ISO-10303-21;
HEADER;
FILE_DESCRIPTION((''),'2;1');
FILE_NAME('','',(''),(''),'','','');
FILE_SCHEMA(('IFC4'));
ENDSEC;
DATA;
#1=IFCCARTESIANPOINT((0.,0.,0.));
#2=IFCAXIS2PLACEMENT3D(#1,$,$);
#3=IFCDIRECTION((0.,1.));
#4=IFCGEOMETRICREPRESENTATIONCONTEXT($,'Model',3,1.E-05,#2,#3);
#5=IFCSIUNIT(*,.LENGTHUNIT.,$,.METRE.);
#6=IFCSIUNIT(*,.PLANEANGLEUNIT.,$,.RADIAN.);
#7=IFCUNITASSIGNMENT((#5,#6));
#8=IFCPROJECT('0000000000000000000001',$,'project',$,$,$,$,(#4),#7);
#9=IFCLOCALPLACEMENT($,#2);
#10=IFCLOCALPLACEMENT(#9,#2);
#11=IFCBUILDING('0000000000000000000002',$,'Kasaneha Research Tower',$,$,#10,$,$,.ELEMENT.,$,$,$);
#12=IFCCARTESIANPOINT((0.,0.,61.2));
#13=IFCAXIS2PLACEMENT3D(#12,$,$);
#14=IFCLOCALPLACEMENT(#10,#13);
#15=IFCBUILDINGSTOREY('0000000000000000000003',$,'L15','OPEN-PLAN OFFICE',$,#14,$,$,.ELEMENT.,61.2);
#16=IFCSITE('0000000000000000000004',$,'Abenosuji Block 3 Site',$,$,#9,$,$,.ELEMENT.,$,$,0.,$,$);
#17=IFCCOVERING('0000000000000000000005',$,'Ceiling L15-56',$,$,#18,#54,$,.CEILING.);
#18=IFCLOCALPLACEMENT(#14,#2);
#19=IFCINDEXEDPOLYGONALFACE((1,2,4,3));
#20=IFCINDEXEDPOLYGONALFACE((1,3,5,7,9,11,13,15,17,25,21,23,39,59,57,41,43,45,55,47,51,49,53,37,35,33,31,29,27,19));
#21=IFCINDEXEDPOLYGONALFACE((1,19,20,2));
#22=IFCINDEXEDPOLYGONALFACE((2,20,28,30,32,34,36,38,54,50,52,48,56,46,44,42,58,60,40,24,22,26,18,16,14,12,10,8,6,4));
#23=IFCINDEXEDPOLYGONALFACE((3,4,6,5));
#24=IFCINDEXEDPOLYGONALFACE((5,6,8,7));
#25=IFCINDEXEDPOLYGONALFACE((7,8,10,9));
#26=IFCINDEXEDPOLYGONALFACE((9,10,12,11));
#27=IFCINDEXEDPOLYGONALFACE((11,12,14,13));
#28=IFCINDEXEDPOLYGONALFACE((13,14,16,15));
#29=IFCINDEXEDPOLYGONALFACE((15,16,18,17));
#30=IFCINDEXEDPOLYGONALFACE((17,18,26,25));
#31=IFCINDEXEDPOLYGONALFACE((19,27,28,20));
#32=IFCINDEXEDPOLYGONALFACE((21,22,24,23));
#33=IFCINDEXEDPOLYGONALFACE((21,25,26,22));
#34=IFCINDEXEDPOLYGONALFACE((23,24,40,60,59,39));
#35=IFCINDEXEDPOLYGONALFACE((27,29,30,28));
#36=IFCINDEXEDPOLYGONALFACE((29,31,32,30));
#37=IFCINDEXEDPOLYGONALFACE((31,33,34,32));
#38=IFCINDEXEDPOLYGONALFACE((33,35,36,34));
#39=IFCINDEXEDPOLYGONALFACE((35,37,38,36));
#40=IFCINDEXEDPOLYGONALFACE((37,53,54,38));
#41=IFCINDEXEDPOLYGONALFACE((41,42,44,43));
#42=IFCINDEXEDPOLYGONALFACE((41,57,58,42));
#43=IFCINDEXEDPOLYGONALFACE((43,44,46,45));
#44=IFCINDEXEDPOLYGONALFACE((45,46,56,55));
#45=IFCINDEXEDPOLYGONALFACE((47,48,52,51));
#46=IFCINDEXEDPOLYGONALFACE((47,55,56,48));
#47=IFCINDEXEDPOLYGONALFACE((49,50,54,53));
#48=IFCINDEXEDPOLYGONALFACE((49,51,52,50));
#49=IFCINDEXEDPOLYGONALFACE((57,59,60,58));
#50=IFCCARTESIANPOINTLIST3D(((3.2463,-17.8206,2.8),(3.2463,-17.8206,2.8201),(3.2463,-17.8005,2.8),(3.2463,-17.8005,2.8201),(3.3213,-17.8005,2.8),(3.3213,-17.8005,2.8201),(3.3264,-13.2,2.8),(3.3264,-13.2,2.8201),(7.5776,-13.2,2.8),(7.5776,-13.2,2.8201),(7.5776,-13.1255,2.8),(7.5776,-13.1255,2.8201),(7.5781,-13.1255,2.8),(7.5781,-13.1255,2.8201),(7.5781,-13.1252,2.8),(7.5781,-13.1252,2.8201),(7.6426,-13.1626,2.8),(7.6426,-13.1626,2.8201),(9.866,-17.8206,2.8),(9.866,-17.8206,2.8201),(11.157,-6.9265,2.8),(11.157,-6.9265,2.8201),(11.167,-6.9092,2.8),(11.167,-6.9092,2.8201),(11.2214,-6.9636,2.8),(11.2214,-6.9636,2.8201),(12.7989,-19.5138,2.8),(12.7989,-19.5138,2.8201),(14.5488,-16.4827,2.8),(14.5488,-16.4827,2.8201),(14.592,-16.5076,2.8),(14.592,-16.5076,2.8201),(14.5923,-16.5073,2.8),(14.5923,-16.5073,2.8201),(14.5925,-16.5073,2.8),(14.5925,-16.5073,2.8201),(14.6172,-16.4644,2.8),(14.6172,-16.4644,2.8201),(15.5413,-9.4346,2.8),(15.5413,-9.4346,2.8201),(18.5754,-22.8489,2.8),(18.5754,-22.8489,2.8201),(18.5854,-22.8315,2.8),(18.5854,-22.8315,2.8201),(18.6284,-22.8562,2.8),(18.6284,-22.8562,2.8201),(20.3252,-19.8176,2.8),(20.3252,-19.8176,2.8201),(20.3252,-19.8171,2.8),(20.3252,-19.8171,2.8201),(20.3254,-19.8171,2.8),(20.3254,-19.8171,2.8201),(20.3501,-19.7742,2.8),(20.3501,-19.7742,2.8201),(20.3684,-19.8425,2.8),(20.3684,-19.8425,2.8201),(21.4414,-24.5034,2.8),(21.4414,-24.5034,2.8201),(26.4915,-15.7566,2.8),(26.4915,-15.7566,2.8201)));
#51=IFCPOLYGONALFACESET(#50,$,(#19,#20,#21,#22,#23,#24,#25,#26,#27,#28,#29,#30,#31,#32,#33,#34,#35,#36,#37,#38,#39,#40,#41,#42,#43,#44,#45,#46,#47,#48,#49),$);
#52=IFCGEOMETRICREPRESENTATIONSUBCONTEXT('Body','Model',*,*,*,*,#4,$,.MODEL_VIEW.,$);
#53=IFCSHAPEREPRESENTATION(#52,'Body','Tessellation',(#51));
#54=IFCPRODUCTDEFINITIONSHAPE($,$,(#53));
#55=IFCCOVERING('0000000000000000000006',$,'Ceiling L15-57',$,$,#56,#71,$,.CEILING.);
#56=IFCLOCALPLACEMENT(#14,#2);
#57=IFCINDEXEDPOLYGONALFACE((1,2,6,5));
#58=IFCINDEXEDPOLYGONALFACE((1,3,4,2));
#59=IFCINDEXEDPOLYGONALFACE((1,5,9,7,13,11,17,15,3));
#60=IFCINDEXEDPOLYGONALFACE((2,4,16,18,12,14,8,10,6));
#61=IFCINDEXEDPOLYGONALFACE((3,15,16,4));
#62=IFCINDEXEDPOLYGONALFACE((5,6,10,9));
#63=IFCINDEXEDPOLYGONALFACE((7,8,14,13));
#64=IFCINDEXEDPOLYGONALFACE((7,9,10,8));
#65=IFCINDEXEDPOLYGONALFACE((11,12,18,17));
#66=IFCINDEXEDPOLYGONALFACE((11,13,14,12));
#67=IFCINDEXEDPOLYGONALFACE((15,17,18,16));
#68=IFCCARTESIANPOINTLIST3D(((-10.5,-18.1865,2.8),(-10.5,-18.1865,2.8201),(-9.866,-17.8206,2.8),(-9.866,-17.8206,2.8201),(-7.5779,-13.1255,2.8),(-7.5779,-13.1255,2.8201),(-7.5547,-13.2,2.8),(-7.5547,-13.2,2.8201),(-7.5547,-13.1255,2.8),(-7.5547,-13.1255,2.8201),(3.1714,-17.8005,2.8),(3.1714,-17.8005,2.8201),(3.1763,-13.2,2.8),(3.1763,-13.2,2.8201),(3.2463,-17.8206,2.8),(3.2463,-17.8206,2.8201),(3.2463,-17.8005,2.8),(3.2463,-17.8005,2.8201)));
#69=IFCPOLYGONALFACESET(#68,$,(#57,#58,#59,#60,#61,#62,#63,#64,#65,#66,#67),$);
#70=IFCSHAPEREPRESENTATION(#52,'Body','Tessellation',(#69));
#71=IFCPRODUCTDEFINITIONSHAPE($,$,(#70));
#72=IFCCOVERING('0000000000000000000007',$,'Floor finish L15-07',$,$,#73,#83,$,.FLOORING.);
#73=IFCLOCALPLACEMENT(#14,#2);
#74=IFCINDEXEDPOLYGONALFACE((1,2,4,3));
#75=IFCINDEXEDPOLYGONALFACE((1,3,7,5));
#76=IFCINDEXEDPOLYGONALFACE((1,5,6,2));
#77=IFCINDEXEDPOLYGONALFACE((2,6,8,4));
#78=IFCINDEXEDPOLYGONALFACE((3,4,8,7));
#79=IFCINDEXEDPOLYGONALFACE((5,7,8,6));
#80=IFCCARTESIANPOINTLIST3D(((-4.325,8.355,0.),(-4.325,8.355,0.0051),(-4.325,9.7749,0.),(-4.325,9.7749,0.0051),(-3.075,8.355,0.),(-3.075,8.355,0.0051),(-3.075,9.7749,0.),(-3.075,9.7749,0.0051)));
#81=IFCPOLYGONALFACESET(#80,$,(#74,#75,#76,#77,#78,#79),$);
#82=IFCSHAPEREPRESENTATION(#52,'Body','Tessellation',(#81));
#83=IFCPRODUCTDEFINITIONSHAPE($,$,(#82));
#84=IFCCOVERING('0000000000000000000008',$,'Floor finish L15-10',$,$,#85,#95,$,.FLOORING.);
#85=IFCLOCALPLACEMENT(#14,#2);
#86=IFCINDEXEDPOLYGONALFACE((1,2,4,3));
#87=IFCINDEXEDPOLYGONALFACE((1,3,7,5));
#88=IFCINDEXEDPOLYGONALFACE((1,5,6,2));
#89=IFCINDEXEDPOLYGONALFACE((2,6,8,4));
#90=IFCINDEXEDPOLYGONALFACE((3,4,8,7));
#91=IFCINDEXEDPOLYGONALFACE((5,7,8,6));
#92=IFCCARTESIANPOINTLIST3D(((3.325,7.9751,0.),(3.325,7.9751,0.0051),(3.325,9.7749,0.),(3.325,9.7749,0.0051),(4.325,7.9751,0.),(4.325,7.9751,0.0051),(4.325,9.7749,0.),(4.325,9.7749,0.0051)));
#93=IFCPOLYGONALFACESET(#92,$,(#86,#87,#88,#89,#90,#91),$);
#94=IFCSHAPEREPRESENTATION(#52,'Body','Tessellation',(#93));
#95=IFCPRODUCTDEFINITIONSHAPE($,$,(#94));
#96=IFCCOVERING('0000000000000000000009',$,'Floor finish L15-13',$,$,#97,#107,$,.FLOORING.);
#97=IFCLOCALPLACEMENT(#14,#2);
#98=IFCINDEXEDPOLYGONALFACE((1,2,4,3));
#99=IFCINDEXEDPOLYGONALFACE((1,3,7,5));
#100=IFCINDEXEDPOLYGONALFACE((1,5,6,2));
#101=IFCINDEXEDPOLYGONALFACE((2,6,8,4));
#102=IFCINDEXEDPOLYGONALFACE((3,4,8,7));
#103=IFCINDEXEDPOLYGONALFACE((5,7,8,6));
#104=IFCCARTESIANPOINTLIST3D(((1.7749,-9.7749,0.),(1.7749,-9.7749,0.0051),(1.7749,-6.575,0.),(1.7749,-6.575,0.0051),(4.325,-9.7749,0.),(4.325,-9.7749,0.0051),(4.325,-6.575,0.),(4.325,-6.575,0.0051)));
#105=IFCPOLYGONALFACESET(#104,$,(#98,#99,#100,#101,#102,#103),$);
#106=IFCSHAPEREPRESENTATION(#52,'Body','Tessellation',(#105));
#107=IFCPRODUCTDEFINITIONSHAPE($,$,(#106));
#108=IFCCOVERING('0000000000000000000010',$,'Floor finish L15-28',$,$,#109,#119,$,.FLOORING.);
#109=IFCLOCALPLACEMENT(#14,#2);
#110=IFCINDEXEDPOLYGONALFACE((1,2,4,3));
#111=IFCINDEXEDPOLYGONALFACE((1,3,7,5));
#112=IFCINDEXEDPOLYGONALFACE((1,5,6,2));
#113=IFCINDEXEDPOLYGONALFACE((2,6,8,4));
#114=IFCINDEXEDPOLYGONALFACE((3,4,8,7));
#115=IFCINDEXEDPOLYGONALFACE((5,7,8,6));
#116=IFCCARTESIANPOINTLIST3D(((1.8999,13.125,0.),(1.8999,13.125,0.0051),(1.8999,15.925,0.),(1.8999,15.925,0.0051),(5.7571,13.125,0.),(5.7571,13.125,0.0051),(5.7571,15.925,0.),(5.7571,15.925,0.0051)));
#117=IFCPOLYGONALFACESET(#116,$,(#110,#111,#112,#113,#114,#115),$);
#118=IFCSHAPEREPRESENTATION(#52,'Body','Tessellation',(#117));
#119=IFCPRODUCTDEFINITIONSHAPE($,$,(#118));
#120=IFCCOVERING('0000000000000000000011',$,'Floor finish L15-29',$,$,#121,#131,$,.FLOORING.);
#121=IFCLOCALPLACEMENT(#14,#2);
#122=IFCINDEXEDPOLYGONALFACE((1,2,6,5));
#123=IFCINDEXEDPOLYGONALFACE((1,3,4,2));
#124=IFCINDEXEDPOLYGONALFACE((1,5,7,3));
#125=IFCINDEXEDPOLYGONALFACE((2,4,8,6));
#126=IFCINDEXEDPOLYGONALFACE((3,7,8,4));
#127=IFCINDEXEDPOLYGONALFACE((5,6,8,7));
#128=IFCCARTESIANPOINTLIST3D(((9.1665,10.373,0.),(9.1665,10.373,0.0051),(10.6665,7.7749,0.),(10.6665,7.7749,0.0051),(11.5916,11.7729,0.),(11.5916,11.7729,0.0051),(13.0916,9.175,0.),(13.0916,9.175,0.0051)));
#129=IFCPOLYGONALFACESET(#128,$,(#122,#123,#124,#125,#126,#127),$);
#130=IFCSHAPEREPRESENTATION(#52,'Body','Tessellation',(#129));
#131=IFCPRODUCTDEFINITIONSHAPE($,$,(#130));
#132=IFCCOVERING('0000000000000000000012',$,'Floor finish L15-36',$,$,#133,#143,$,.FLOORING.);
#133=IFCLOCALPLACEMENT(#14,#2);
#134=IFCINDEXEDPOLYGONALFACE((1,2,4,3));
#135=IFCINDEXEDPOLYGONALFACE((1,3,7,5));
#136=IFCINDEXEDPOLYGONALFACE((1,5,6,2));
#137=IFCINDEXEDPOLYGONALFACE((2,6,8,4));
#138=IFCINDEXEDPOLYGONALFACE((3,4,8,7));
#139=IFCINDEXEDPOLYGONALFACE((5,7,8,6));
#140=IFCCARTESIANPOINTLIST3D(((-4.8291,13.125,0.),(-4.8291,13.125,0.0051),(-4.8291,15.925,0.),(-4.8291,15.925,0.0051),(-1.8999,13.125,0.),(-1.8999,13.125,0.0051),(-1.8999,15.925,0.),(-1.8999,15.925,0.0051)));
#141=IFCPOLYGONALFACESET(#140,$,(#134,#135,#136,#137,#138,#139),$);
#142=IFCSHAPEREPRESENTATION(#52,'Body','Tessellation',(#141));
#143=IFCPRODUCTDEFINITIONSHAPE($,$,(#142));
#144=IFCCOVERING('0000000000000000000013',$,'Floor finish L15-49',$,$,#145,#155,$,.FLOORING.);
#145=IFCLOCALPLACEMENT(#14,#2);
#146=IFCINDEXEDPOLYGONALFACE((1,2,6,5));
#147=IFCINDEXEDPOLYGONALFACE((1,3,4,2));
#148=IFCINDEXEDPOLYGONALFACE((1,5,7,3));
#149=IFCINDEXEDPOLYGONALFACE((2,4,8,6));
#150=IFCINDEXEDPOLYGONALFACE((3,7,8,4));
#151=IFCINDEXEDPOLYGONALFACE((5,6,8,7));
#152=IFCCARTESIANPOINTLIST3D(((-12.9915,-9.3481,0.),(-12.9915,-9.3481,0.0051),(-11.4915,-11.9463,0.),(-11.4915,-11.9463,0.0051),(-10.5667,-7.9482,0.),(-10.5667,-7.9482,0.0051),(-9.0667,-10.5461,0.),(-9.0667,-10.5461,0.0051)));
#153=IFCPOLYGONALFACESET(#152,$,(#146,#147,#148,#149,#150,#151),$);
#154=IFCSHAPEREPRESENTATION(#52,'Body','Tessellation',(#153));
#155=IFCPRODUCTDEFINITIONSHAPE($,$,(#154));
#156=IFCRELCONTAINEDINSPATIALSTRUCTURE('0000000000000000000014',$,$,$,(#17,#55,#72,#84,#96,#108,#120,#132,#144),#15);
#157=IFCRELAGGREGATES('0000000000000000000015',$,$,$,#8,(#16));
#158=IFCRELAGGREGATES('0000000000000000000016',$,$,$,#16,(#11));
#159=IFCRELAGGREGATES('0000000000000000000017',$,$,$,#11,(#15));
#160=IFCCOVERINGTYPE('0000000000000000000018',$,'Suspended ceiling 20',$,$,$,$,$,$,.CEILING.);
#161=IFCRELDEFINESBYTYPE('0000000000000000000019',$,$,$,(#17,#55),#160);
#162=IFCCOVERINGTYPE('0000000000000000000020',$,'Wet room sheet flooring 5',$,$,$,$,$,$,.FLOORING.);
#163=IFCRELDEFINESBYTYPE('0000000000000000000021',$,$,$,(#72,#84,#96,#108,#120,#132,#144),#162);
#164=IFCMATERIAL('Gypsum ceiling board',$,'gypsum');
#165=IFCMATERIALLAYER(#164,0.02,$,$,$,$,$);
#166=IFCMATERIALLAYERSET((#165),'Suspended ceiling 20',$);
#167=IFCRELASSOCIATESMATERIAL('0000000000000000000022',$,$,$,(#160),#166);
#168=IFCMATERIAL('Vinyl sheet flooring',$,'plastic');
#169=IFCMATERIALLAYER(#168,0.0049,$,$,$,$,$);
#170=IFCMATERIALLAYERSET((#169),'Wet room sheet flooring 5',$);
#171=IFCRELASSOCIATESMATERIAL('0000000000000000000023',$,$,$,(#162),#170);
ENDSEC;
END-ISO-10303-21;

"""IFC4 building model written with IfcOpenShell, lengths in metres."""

from ifc_helpers import new_model, si_unit, direction, frame, origin, place, context, subcontext, project, spatial, polyline, outline, extrude, material, layer, layer_set, type_object, element, save


model = new_model("IFC4")

# Units and contexts
model_context = context("Model", 3, precision=1e-05, world=origin(), true_north=direction((0.0, 1.0)))
body_context = subcontext(model_context, "Body", "Model", "MODEL_VIEW")
ifc_project = project(units=[si_unit("LENGTHUNIT", "METRE"), si_unit("PLANEANGLEUNIT", "RADIAN")], contexts=[model_context])

# Site, building, storey
site_placement = place(None, origin())
site = spatial("IfcSite", under=ifc_project, at=site_placement, Name="Abenosuji Block 3 Site", CompositionType="ELEMENT", RefElevation=0.0)
building_placement = place(site_placement, origin())
building = spatial("IfcBuilding", under=site, at=building_placement, Name="Kasaneha Research Tower", CompositionType="ELEMENT")
storey_placement = place(building_placement, frame((0.0, 0.0, 61.2)))
storey = spatial("IfcBuildingStorey", under=building, at=storey_placement, Name="L15", Description="OPEN-PLAN OFFICE", CompositionType="ELEMENT", Elevation=61.2)

# Coverings
ifc_material_1 = material(Name="Gypsum ceiling board", Category="gypsum")
ifc_layer_1 = layer(ifc_material_1, 0.02)
ifc_layer_set_1 = layer_set([ifc_layer_1], Name="Suspended ceiling 20")
covering_type_1 = type_object("IfcCoveringType", Name="Suspended ceiling 20", PredefinedType="CEILING", material=ifc_layer_set_1)
covering_1_placement = place(storey_placement, frame((0.0, 0.0, 2.8)))
element("IfcCovering", 1, at=covering_1_placement, inside=storey, type_object=covering_type_1, Name="Ceiling L15-56", PredefinedType="CEILING", context=body_context, shape_type="SweptSolid", body=[
    extrude(outline(polyline([(7.5781, -13.1252), (7.6426, -13.1626), (11.2214, -6.9636), (11.157, -6.9265), (11.167, -6.9092), (15.5413, -9.4346), (26.4915, -15.7566), (21.4414, -24.5034), (18.5754, -22.8489), (18.5854, -22.8315), (18.6284, -22.8562), (20.3684, -19.8425), (20.3252, -19.8176), (20.3254, -19.8171), (20.3252, -19.8171), (20.3501, -19.7742), (14.6172, -16.4644), (14.5925, -16.5073), (14.5923, -16.5073), (14.592, -16.5076), (14.5488, -16.4827), (12.7988, -19.5139), (12.8418, -19.5386), (12.8418, -19.5386), (9.866, -17.8206), (3.2463, -17.8206), (3.2463, -17.8005), (3.3213, -17.8005), (3.3264, -13.2), (7.5776, -13.2), (7.5776, -13.1255), (7.5781, -13.1255), (7.5781, -13.1252)])), origin(), (0.0, 0.0, 1.0), 0.02),
])
covering_2_placement = place(storey_placement, frame((0.0, 0.0, 2.8)))
element("IfcCovering", 2, at=covering_2_placement, inside=storey, type_object=covering_type_1, Name="Ceiling L15-57", PredefinedType="CEILING", context=body_context, shape_type="SweptSolid", body=[
    extrude(outline(polyline([(-7.5779, -13.1255), (-7.5547, -13.1255), (-7.5547, -13.2), (3.1763, -13.2), (3.1714, -17.8005), (3.2463, -17.8005), (3.2463, -17.8206), (-9.866, -17.8206), (-10.5, -18.1865), (-7.5779, -13.1255)])), origin(), (0.0, 0.0, 1.0), 0.02),
])
ifc_material_2 = material(Name="Vinyl sheet flooring", Category="plastic")
ifc_layer_2 = layer(ifc_material_2, 0.0049)
ifc_layer_set_2 = layer_set([ifc_layer_2], Name="Wet room sheet flooring 5")
covering_type_2 = type_object("IfcCoveringType", Name="Wet room sheet flooring 5", PredefinedType="FLOORING", material=ifc_layer_set_2)
covering_3_placement = place(storey_placement, origin())
element("IfcCovering", 3, at=covering_3_placement, inside=storey, type_object=covering_type_2, Name="Floor finish L15-07", PredefinedType="FLOORING", context=body_context, shape_type="SweptSolid", body=[
    extrude(outline(polyline([(-4.325, 8.355), (-4.325, 9.7749), (-3.075, 9.7749), (-3.075, 8.355), (-4.325, 8.355)])), origin(), (0.0, 0.0, 1.0), 0.0051),
])
covering_4_placement = place(storey_placement, origin())
element("IfcCovering", 4, at=covering_4_placement, inside=storey, type_object=covering_type_2, Name="Floor finish L15-10", PredefinedType="FLOORING", context=body_context, shape_type="SweptSolid", body=[
    extrude(outline(polyline([(4.325, 7.9751), (3.325, 7.9751), (3.325, 9.7749), (4.325, 9.7749), (4.325, 7.9751)])), origin(), (0.0, 0.0, 1.0), 0.0051),
])
covering_5_placement = place(storey_placement, origin())
element("IfcCovering", 5, at=covering_5_placement, inside=storey, type_object=covering_type_2, Name="Floor finish L15-13", PredefinedType="FLOORING", context=body_context, shape_type="SweptSolid", body=[
    extrude(outline(polyline([(1.7749, -9.7749), (1.7749, -6.575), (4.325, -6.575), (4.325, -9.7749), (1.7749, -9.7749)])), origin(), (0.0, 0.0, 1.0), 0.0051),
])
covering_6_placement = place(storey_placement, origin())
element("IfcCovering", 6, at=covering_6_placement, inside=storey, type_object=covering_type_2, Name="Floor finish L15-28", PredefinedType="FLOORING", context=body_context, shape_type="SweptSolid", body=[
    extrude(outline(polyline([(1.8999, 15.925), (5.7571, 15.925), (5.7571, 13.125), (1.8999, 13.125), (1.8999, 15.925)])), origin(), (0.0, 0.0, 1.0), 0.0051),
])
covering_7_placement = place(storey_placement, origin())
element("IfcCovering", 7, at=covering_7_placement, inside=storey, type_object=covering_type_2, Name="Floor finish L15-29", PredefinedType="FLOORING", context=body_context, shape_type="SweptSolid", body=[
    extrude(outline(polyline([(11.5916, 11.7729), (13.0916, 9.175), (10.6665, 7.7749), (9.1665, 10.373), (11.5916, 11.7729)])), origin(), (0.0, 0.0, 1.0), 0.0051),
])
covering_8_placement = place(storey_placement, origin())
element("IfcCovering", 8, at=covering_8_placement, inside=storey, type_object=covering_type_2, Name="Floor finish L15-36", PredefinedType="FLOORING", context=body_context, shape_type="SweptSolid", body=[
    extrude(outline(polyline([(-4.8291, 15.925), (-1.8999, 15.925), (-1.8999, 13.125), (-4.8291, 13.125), (-4.8291, 15.925)])), origin(), (0.0, 0.0, 1.0), 0.0051),
])
covering_9_placement = place(storey_placement, origin())
element("IfcCovering", 9, at=covering_9_placement, inside=storey, type_object=covering_type_2, Name="Floor finish L15-49", PredefinedType="FLOORING", context=body_context, shape_type="SweptSolid", body=[
    extrude(outline(polyline([(-11.4915, -11.9463), (-12.9915, -9.3481), (-10.5667, -7.9482), (-9.0667, -10.5461), (-11.4915, -11.9463)])), origin(), (0.0, 0.0, 1.0), 0.0051),
])

save(model, "model.ifc")
